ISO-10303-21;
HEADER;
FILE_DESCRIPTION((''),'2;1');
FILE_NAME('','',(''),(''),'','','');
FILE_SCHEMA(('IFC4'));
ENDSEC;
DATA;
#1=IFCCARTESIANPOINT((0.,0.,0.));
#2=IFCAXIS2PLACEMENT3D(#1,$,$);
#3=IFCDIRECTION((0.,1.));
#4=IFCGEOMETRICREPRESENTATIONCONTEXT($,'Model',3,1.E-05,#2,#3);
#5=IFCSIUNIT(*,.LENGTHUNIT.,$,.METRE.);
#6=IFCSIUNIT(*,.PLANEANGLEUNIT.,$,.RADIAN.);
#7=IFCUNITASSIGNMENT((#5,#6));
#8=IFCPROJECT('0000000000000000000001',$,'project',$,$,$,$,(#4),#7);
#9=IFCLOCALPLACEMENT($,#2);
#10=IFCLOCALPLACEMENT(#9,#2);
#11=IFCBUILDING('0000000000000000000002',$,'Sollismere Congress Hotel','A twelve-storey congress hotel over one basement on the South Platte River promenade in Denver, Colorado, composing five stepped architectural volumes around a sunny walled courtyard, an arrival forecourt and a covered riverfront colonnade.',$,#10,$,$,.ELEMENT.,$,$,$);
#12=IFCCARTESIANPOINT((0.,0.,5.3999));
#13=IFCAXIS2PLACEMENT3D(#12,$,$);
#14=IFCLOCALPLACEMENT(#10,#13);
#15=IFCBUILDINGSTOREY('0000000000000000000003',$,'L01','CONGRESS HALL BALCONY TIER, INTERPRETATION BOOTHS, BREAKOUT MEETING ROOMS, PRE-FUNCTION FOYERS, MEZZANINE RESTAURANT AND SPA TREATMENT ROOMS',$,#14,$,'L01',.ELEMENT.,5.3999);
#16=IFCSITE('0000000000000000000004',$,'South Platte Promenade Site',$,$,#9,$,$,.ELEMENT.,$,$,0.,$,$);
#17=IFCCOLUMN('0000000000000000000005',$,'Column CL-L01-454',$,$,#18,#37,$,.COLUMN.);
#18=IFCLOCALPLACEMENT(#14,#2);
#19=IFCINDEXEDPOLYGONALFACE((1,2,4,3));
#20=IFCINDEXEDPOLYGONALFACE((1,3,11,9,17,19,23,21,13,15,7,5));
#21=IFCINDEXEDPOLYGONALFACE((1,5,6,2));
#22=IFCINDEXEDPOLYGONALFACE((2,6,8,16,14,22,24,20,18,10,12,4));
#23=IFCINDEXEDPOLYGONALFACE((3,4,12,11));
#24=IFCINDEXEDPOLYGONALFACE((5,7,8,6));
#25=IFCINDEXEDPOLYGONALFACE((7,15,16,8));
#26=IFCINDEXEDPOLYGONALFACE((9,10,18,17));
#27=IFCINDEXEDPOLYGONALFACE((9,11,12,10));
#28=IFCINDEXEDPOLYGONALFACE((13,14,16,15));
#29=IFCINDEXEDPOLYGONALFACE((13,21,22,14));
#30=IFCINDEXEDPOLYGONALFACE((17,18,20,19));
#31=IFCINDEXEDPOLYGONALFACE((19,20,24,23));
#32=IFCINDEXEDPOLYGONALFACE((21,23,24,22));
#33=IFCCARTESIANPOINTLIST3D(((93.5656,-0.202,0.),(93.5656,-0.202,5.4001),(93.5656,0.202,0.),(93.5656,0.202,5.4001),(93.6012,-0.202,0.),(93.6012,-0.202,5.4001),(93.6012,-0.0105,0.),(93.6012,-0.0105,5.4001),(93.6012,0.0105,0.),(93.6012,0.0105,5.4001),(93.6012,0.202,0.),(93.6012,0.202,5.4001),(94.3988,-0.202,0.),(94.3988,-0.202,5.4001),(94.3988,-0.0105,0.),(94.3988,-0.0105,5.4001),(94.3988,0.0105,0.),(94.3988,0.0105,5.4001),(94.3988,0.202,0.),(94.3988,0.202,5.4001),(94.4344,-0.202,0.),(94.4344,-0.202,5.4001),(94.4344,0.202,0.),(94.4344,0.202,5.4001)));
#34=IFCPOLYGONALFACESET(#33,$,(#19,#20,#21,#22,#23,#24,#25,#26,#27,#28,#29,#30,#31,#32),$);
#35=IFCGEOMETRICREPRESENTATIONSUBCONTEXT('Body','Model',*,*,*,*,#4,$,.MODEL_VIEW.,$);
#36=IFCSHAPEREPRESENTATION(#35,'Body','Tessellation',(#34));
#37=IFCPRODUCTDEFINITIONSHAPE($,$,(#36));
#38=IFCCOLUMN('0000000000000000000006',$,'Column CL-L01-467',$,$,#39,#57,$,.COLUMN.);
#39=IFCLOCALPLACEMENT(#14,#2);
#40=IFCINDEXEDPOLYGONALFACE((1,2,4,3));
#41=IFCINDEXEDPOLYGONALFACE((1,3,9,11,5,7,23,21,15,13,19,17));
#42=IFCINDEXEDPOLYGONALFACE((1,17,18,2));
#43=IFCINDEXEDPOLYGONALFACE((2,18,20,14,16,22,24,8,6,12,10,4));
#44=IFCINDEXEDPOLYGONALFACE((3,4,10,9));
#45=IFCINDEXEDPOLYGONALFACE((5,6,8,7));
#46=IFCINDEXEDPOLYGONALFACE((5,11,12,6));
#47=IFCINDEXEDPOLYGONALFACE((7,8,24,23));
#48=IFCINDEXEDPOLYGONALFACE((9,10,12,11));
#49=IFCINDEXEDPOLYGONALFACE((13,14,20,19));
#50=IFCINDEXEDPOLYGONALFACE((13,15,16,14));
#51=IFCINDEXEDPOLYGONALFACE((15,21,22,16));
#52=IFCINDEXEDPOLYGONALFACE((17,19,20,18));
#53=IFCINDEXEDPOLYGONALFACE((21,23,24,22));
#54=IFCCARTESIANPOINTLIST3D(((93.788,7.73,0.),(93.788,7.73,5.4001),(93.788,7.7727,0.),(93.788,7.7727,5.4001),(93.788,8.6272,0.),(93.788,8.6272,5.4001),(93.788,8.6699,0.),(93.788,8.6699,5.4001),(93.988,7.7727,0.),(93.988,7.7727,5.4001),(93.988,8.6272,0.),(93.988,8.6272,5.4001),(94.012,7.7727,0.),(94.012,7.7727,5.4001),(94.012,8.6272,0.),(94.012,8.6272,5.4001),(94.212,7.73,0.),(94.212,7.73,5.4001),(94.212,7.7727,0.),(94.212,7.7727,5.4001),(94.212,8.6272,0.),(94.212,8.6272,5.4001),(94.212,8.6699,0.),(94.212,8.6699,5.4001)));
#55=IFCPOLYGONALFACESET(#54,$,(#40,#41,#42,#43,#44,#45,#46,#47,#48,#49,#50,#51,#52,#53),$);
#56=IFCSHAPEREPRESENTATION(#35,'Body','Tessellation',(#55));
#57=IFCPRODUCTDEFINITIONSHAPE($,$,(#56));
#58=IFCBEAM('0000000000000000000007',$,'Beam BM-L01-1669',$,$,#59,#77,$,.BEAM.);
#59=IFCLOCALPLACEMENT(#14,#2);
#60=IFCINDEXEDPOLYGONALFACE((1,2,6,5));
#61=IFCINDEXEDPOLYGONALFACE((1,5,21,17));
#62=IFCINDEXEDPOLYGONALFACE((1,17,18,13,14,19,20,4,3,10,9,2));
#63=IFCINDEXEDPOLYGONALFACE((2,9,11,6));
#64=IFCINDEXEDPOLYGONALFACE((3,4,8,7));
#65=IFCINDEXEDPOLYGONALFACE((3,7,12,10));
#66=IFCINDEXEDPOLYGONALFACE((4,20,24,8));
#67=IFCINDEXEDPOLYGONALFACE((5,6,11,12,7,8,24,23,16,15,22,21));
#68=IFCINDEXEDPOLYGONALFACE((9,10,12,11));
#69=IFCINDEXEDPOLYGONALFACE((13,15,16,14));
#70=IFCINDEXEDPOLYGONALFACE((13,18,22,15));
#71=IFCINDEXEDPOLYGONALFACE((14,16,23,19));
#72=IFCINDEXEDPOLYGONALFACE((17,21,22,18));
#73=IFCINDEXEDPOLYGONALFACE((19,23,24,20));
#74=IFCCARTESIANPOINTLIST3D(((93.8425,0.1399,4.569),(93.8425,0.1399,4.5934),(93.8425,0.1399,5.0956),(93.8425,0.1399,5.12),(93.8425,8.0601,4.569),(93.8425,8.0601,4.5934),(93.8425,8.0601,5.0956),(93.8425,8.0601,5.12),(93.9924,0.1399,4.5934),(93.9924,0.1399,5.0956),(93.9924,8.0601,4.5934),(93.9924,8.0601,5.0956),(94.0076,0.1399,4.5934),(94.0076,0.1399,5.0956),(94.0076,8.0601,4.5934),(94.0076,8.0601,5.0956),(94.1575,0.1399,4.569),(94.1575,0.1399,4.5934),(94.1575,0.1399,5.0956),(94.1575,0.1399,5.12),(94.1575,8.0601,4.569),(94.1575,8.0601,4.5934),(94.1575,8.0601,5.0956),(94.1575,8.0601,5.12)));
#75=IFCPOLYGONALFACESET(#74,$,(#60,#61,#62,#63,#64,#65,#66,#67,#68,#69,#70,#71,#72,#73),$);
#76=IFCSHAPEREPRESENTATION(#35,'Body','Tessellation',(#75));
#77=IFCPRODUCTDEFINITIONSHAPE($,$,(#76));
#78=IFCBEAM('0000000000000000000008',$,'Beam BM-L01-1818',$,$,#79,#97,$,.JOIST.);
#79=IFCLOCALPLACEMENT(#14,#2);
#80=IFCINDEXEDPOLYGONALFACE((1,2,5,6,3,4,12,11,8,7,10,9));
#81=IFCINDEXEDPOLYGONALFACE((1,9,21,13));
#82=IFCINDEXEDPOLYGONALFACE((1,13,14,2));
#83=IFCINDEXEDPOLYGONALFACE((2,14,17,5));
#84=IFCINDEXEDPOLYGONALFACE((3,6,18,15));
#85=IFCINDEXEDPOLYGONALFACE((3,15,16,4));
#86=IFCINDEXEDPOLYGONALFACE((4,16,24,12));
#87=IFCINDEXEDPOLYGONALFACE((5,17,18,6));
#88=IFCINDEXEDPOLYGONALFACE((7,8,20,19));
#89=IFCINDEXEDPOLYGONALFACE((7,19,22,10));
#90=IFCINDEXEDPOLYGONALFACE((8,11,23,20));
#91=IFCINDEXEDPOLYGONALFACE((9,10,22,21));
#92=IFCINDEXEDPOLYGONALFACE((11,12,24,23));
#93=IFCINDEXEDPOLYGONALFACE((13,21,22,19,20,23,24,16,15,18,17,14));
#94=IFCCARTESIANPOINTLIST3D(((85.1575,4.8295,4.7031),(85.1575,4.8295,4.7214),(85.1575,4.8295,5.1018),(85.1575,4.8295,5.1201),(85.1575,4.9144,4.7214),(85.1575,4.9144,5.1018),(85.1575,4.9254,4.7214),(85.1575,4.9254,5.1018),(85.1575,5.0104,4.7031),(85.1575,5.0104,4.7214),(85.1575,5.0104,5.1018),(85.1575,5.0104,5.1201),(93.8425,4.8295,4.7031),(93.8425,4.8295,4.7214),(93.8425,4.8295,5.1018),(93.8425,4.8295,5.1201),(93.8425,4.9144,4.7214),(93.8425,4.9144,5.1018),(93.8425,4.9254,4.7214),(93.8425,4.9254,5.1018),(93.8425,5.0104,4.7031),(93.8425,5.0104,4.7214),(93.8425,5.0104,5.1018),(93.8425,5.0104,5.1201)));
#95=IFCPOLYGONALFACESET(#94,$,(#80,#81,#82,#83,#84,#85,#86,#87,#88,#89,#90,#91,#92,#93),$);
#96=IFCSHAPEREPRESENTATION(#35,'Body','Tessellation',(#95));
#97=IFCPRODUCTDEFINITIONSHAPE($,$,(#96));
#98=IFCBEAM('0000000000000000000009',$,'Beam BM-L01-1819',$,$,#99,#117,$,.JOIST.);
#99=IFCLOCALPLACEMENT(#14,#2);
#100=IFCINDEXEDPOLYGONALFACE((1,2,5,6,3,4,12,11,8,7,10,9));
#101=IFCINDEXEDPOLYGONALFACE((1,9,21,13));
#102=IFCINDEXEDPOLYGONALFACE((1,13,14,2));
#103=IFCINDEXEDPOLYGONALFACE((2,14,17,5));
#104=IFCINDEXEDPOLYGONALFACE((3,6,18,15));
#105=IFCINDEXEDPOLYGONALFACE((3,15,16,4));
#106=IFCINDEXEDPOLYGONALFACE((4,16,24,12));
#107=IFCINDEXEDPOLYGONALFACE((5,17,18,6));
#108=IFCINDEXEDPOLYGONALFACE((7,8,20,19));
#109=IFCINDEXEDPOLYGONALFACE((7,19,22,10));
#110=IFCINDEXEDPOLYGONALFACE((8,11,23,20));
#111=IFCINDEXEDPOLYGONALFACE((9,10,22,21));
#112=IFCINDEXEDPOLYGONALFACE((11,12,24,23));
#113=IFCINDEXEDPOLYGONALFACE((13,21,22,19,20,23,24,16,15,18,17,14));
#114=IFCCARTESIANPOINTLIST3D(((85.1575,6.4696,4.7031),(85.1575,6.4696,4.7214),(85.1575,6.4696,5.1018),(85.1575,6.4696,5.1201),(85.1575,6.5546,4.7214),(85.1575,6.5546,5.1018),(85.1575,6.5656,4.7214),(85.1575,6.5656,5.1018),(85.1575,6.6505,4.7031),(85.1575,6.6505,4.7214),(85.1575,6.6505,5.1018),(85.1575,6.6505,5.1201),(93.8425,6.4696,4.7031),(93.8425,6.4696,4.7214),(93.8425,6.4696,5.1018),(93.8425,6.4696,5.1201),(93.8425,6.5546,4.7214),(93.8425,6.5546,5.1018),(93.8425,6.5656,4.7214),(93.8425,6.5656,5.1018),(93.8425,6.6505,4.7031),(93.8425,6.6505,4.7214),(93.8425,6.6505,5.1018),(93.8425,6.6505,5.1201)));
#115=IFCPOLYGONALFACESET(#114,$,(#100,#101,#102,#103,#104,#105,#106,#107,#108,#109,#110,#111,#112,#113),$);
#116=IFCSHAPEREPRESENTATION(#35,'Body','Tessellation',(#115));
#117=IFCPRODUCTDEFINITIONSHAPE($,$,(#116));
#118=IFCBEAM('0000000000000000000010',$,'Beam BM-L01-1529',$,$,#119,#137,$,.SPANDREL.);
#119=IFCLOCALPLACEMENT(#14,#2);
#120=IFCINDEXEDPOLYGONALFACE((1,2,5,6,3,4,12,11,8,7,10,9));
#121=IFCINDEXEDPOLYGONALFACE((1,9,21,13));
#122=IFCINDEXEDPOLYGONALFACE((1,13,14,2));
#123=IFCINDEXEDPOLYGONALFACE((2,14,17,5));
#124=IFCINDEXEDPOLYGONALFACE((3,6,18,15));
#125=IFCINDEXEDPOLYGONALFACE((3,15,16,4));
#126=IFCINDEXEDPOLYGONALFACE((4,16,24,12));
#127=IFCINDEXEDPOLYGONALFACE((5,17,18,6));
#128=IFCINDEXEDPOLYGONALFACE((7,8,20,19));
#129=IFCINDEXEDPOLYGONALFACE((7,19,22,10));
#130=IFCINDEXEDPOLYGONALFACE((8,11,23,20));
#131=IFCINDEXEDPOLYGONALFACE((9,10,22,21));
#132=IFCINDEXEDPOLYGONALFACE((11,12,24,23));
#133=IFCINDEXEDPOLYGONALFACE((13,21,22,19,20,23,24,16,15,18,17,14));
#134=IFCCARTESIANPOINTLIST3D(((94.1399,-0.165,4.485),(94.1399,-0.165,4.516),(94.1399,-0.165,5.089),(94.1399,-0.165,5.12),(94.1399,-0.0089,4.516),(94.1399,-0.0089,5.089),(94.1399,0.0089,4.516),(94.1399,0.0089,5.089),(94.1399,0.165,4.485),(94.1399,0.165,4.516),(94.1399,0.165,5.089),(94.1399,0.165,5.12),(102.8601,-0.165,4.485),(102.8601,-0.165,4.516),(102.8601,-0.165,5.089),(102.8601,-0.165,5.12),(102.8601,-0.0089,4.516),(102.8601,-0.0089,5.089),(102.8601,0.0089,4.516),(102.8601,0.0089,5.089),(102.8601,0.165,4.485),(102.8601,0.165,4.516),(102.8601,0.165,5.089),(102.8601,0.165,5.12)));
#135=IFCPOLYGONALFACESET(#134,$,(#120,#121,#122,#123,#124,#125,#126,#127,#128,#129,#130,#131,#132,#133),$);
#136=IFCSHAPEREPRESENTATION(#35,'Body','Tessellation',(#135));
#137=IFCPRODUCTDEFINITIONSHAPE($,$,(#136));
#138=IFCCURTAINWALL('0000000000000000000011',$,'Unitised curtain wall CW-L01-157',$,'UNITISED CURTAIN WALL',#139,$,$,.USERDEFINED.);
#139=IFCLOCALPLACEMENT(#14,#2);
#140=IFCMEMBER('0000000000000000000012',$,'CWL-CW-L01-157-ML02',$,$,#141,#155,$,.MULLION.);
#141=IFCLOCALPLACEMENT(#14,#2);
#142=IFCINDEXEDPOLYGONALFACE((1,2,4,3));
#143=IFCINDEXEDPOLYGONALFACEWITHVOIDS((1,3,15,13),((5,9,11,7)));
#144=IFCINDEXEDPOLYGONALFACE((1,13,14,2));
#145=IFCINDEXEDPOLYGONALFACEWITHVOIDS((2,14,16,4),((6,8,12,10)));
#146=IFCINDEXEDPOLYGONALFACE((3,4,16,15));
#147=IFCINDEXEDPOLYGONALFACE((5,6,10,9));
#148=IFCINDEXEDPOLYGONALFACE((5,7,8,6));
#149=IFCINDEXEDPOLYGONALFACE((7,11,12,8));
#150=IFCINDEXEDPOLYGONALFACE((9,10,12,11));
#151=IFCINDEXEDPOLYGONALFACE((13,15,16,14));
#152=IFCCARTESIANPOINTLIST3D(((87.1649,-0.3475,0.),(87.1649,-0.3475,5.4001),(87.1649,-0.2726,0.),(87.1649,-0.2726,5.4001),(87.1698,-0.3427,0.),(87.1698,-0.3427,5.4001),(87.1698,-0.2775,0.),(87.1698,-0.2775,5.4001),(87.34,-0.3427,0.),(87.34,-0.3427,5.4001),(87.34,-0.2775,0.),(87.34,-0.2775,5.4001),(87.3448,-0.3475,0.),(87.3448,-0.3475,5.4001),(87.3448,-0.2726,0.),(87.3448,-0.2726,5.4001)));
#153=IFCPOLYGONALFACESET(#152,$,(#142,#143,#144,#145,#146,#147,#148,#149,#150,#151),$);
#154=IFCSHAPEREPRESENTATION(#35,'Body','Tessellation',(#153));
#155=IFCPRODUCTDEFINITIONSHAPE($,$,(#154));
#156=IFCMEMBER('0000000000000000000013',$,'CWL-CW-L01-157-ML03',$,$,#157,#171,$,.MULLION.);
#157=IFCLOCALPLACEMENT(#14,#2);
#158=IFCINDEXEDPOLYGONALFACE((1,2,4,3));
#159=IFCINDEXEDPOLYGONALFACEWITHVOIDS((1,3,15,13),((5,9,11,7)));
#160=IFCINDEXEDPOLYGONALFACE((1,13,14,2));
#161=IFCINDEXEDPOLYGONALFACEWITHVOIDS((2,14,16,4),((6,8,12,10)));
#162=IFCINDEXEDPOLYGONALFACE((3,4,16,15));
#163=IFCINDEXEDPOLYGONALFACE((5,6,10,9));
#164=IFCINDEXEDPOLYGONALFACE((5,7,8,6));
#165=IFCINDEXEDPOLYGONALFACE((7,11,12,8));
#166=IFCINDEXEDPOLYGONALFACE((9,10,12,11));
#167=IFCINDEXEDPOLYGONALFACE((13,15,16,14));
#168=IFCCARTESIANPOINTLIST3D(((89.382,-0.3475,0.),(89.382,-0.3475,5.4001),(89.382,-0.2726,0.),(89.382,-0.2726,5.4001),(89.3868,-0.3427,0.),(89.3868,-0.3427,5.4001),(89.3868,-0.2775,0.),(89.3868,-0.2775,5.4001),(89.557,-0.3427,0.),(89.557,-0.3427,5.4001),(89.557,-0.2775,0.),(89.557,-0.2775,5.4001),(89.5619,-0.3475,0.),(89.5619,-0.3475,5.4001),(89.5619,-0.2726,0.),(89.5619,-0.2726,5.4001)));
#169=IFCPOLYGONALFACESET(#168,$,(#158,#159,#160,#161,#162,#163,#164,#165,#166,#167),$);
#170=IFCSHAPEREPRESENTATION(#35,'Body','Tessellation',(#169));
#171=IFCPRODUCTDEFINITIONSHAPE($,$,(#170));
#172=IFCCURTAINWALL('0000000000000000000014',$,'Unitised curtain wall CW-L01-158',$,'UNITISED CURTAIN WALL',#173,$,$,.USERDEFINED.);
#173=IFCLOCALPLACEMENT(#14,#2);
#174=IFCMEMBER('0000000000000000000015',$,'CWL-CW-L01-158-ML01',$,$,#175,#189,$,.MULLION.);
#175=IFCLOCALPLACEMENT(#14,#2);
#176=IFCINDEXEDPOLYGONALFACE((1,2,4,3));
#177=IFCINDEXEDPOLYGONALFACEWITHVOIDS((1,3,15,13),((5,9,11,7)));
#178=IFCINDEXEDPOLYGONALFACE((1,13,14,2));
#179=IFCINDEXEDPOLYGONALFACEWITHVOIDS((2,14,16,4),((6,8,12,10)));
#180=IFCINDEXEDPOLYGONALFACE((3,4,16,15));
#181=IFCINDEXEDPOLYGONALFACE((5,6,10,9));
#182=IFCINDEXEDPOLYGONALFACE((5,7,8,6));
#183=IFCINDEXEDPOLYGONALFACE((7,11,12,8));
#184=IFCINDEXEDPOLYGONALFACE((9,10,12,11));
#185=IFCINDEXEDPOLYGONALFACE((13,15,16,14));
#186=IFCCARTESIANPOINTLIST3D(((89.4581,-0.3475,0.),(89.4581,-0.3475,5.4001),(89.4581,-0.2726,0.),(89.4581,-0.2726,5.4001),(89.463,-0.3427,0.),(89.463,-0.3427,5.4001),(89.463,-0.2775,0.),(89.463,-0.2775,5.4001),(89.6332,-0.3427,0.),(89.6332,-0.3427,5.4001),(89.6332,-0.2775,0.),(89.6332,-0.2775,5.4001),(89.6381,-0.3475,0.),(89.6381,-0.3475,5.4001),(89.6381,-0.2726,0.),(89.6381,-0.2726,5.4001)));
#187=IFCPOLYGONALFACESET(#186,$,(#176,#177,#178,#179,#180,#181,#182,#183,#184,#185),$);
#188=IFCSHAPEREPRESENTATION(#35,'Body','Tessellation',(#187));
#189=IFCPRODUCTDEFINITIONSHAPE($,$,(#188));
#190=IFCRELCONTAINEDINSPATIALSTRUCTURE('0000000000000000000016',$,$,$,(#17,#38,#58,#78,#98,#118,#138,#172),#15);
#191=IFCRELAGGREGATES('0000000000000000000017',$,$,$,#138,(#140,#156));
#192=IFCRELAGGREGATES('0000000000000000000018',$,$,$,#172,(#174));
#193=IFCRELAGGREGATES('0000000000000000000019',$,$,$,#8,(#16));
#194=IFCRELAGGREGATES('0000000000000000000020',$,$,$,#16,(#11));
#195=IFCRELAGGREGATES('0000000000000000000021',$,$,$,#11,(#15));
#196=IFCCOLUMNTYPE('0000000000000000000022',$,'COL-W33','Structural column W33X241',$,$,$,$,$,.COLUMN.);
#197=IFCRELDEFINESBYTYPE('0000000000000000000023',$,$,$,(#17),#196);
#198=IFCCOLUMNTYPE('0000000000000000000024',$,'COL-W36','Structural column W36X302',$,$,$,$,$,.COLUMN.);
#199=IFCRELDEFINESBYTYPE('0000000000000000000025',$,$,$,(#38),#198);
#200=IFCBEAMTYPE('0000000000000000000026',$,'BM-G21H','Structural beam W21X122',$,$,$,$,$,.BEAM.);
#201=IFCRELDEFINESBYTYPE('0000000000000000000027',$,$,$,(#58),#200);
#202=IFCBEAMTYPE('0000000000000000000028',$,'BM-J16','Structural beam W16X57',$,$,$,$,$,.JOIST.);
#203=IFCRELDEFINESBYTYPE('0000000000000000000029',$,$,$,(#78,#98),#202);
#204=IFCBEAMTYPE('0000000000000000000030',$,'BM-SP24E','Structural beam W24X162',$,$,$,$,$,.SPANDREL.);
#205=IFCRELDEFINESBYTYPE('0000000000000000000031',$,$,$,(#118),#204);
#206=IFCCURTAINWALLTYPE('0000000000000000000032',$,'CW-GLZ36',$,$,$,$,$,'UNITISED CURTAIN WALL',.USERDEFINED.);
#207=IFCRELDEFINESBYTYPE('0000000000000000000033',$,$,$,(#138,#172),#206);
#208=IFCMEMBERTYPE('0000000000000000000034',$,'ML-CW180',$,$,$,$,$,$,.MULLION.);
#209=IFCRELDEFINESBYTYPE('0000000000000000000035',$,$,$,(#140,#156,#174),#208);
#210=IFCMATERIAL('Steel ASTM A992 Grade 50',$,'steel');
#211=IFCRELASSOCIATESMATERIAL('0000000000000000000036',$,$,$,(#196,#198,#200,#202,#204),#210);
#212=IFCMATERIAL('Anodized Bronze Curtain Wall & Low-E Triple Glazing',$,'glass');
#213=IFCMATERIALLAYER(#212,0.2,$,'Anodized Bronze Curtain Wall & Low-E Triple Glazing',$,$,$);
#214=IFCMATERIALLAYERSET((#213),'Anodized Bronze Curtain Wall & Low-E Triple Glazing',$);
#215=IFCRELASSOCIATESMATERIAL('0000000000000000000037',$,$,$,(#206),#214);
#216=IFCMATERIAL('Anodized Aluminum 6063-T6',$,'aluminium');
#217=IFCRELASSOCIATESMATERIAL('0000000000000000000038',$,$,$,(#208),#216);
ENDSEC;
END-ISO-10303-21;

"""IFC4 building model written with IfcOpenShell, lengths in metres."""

from ifc_helpers import new_model, si_unit, direction, frame, origin, origin_2d, place, context, subcontext, project, spatial, hollow_rectangle, i_section, extrude, material, layer, layer_set, material_profile, profile_set, type_object, element, aggregate, save


model = new_model("IFC4")

# Units and contexts
model_context = context("Model", 3, precision=1e-05, world=origin(), true_north=direction((0.0, 1.0)))
body_context = subcontext(model_context, "Body", "Model", "MODEL_VIEW")
ifc_project = project(units=[si_unit("LENGTHUNIT", "METRE"), si_unit("PLANEANGLEUNIT", "RADIAN")], contexts=[model_context])

# Site, building, storey
site_placement = place(None, origin())
site = spatial("IfcSite", under=ifc_project, at=site_placement, Name="South Platte Promenade Site", CompositionType="ELEMENT", RefElevation=0.0)
building_placement = place(site_placement, origin())
building = spatial("IfcBuilding", under=site, at=building_placement, Name="Sollismere Congress Hotel", Description="A twelve-storey congress hotel over one basement on the South Platte River promenade in Denver, Colorado, composing five stepped architectural volumes around a sunny walled courtyard, an arrival forecourt and a covered riverfront colonnade.", CompositionType="ELEMENT")
storey_placement = place(building_placement, frame((0.0, 0.0, 5.3999)))
storey = spatial("IfcBuildingStorey", under=building, at=storey_placement, Name="L01", Description="CONGRESS HALL BALCONY TIER, INTERPRETATION BOOTHS, BREAKOUT MEETING ROOMS, PRE-FUNCTION FOYERS, MEZZANINE RESTAURANT AND SPA TREATMENT ROOMS", LongName="L01", CompositionType="ELEMENT", Elevation=5.3999)

# Columns
ifc_material_1 = material(Name="Steel ASTM A992 Grade 50", Category="steel")
ifc_material_profile_1 = material_profile(ifc_material_1, i_section(OverallWidth=0.4041, OverallDepth=0.8689, WebThickness=0.021, FlangeThickness=0.0356, at=origin_2d()), Name="W33X241")
ifc_profile_set_1 = profile_set([ifc_material_profile_1], Name="Steel ASTM A992 Grade 50")
column_type_1 = type_object("IfcColumnType", Name="COL-W33", Description="Structural column W33X241", PredefinedType="COLUMN", material=ifc_profile_set_1)
column_1_placement = place(storey_placement, frame((94.0, 0.0, 0.0), z_axis=(0.0, 0.0, 1.0), x_axis=(0.0, 1.0, 0.0)))
element("IfcColumn", 1, at=column_1_placement, inside=storey, type_object=column_type_1, Name="Column CL-L01-454", PredefinedType="COLUMN", context=body_context, shape_type="SweptSolid", body=[
    extrude(i_section(OverallWidth=0.4041, OverallDepth=0.8689, WebThickness=0.021, FlangeThickness=0.0356, at=origin_2d()), origin(), (0.0, 0.0, 1.0), 5.4001),
])
ifc_material_profile_2 = material_profile(ifc_material_1, i_section(OverallWidth=0.4241, OverallDepth=0.9399, WebThickness=0.0239, FlangeThickness=0.0427, at=origin_2d()), Name="W36X302")
ifc_profile_set_2 = profile_set([ifc_material_profile_2], Name="Steel ASTM A992 Grade 50")
column_type_2 = type_object("IfcColumnType", Name="COL-W36", Description="Structural column W36X302", PredefinedType="COLUMN", material=ifc_profile_set_2)
column_2_placement = place(storey_placement, frame((94.0, 8.2, 0.0), z_axis=(0.0, 0.0, 1.0), x_axis=(1.0, 0.0, 0.0)))
element("IfcColumn", 2, at=column_2_placement, inside=storey, type_object=column_type_2, Name="Column CL-L01-467", PredefinedType="COLUMN", context=body_context, shape_type="SweptSolid", body=[
    extrude(i_section(OverallWidth=0.4241, OverallDepth=0.9399, WebThickness=0.0239, FlangeThickness=0.0427, at=origin_2d()), origin(), (0.0, 0.0, 1.0), 5.4001),
])

# Beams
ifc_material_profile_3 = material_profile(ifc_material_1, i_section(OverallWidth=0.3149, OverallDepth=0.551, WebThickness=0.0151, FlangeThickness=0.0244, at=origin_2d()), Name="W21X122")
ifc_profile_set_3 = profile_set([ifc_material_profile_3], Name="Steel ASTM A992 Grade 50")
beam_type_1 = type_object("IfcBeamType", Name="BM-G21H", Description="Structural beam W21X122", PredefinedType="BEAM", material=ifc_profile_set_3)
beam_1_placement = place(storey_placement, frame((94.0, 0.1399, 4.8445), z_axis=(0.0, 1.0, 0.0), x_axis=(-1.0, 0.0, 0.0)))
element("IfcBeam", 3, at=beam_1_placement, inside=storey, type_object=beam_type_1, Name="Beam BM-L01-1669", PredefinedType="BEAM", context=body_context, shape_type="SweptSolid", body=[
    extrude(i_section(OverallWidth=0.3149, OverallDepth=0.551, WebThickness=0.0151, FlangeThickness=0.0244, at=origin_2d()), origin(), (0.0, 0.0, 1.0), 7.9202),
])
ifc_material_profile_4 = material_profile(ifc_material_1, i_section(OverallWidth=0.1809, OverallDepth=0.417, WebThickness=0.011, FlangeThickness=0.0183, at=origin_2d()), Name="W16X57")
ifc_profile_set_4 = profile_set([ifc_material_profile_4], Name="Steel ASTM A992 Grade 50")
beam_type_2 = type_object("IfcBeamType", Name="BM-J16", Description="Structural beam W16X57", PredefinedType="JOIST", material=ifc_profile_set_4)
for number, where, z_axis, x_axis, name in (
    (4, (85.1575, 4.9199, 4.9116), (1.0, 0.0, 0.0), (0.0, 1.0, 0.0), "Beam BM-L01-1818"),
    (5, (85.1575, 6.5601, 4.9116), (1.0, 0.0, 0.0), (0.0, 1.0, 0.0), "Beam BM-L01-1819"),
):
    element("IfcBeam", number, at=place(storey_placement, frame(where, z_axis=z_axis, x_axis=x_axis)), inside=storey, type_object=beam_type_2, Name=name, PredefinedType="JOIST", context=body_context, shape_type="SweptSolid", body=[
        extrude(i_section(OverallWidth=0.1809, OverallDepth=0.417, WebThickness=0.011, FlangeThickness=0.0183, at=origin_2d()), origin(), (0.0, 0.0, 1.0), 8.6851),
    ])
ifc_material_profile_5 = material_profile(ifc_material_1, i_section(OverallWidth=0.3301, OverallDepth=0.635, WebThickness=0.0178, FlangeThickness=0.031, at=origin_2d()), Name="W24X162")
ifc_profile_set_5 = profile_set([ifc_material_profile_5], Name="Steel ASTM A992 Grade 50")
beam_type_3 = type_object("IfcBeamType", Name="BM-SP24E", Description="Structural beam W24X162", PredefinedType="SPANDREL", material=ifc_profile_set_5)
beam_2_placement = place(storey_placement, frame((94.1399, 0.0, 4.8025), z_axis=(1.0, 0.0, 0.0), x_axis=(0.0, 1.0, 0.0)))
element("IfcBeam", 6, at=beam_2_placement, inside=storey, type_object=beam_type_3, Name="Beam BM-L01-1529", PredefinedType="SPANDREL", context=body_context, shape_type="SweptSolid", body=[
    extrude(i_section(OverallWidth=0.3301, OverallDepth=0.635, WebThickness=0.0178, FlangeThickness=0.031, at=origin_2d()), origin(), (0.0, 0.0, 1.0), 8.7202),
])

# Curtain walls, members
ifc_material_2 = material(Name="Anodized Bronze Curtain Wall & Low-E Triple Glazing", Category="glass")
ifc_layer_1 = layer(ifc_material_2, 0.2, Name="Anodized Bronze Curtain Wall & Low-E Triple Glazing")
ifc_layer_set_1 = layer_set([ifc_layer_1], Name="Anodized Bronze Curtain Wall & Low-E Triple Glazing")
curtain_wall_type = type_object("IfcCurtainWallType", Name="CW-GLZ36", ElementType="UNITISED CURTAIN WALL", PredefinedType="USERDEFINED", material=ifc_layer_set_1)
curtain_wall_1_placement = place(storey_placement, origin())
curtain_wall_1 = element("IfcCurtainWall", 7, at=curtain_wall_1_placement, inside=storey, type_object=curtain_wall_type, Name="Unitised curtain wall CW-L01-157", ObjectType="UNITISED CURTAIN WALL", PredefinedType="USERDEFINED")
ifc_material_3 = material(Name="Anodized Aluminum 6063-T6", Category="aluminium")
ifc_material_profile_6 = material_profile(ifc_material_3, hollow_rectangle(XDim=0.075, YDim=0.1799, WallThickness=0.0049, at=origin_2d()), Name="ALU180X75X5")
ifc_profile_set_6 = profile_set([ifc_material_profile_6], Name="Anodized Aluminum 6063-T6")
member_type_1 = type_object("IfcMemberType", Name="ML-CW180", PredefinedType="MULLION", material=ifc_profile_set_6)
member_1_placement = place(storey_placement, frame((87.2549, -0.3101, 0.0), z_axis=(0.0, 0.0, 1.0), x_axis=(0.0, 1.0, 0.0)))
member_1 = element("IfcMember", 8, at=member_1_placement, type_object=member_type_1, Name="CWL-CW-L01-157-ML02", PredefinedType="MULLION", context=body_context, shape_type="SweptSolid", body=[
    extrude(hollow_rectangle(XDim=0.075, YDim=0.1799, WallThickness=0.0049, at=origin_2d()), origin(), (0.0, 0.0, 1.0), 5.4001),
])
member_2_placement = place(storey_placement, frame((89.4719, -0.3101, 0.0), z_axis=(0.0, 0.0, 1.0), x_axis=(0.0, 1.0, 0.0)))
member_2 = element("IfcMember", 9, at=member_2_placement, type_object=member_type_1, Name="CWL-CW-L01-157-ML03", PredefinedType="MULLION", context=body_context, shape_type="SweptSolid", body=[
    extrude(hollow_rectangle(XDim=0.075, YDim=0.1799, WallThickness=0.0049, at=origin_2d()), origin(), (0.0, 0.0, 1.0), 5.4001),
])
curtain_wall_2_placement = place(storey_placement, origin())
curtain_wall_2 = element("IfcCurtainWall", 10, at=curtain_wall_2_placement, inside=storey, type_object=curtain_wall_type, Name="Unitised curtain wall CW-L01-158", ObjectType="UNITISED CURTAIN WALL", PredefinedType="USERDEFINED")
member_3_placement = place(storey_placement, frame((89.5481, -0.3101, 0.0), z_axis=(0.0, 0.0, 1.0), x_axis=(0.0, 1.0, 0.0)))
member_3 = element("IfcMember", 11, at=member_3_placement, type_object=member_type_1, Name="CWL-CW-L01-158-ML01", PredefinedType="MULLION", context=body_context, shape_type="SweptSolid", body=[
    extrude(hollow_rectangle(XDim=0.075, YDim=0.1799, WallThickness=0.0049, at=origin_2d()), origin(), (0.0, 0.0, 1.0), 5.4001),
])

aggregate(curtain_wall_1, [member_1, member_2])
aggregate(curtain_wall_2, [member_3])

save(model, "model.ifc")
